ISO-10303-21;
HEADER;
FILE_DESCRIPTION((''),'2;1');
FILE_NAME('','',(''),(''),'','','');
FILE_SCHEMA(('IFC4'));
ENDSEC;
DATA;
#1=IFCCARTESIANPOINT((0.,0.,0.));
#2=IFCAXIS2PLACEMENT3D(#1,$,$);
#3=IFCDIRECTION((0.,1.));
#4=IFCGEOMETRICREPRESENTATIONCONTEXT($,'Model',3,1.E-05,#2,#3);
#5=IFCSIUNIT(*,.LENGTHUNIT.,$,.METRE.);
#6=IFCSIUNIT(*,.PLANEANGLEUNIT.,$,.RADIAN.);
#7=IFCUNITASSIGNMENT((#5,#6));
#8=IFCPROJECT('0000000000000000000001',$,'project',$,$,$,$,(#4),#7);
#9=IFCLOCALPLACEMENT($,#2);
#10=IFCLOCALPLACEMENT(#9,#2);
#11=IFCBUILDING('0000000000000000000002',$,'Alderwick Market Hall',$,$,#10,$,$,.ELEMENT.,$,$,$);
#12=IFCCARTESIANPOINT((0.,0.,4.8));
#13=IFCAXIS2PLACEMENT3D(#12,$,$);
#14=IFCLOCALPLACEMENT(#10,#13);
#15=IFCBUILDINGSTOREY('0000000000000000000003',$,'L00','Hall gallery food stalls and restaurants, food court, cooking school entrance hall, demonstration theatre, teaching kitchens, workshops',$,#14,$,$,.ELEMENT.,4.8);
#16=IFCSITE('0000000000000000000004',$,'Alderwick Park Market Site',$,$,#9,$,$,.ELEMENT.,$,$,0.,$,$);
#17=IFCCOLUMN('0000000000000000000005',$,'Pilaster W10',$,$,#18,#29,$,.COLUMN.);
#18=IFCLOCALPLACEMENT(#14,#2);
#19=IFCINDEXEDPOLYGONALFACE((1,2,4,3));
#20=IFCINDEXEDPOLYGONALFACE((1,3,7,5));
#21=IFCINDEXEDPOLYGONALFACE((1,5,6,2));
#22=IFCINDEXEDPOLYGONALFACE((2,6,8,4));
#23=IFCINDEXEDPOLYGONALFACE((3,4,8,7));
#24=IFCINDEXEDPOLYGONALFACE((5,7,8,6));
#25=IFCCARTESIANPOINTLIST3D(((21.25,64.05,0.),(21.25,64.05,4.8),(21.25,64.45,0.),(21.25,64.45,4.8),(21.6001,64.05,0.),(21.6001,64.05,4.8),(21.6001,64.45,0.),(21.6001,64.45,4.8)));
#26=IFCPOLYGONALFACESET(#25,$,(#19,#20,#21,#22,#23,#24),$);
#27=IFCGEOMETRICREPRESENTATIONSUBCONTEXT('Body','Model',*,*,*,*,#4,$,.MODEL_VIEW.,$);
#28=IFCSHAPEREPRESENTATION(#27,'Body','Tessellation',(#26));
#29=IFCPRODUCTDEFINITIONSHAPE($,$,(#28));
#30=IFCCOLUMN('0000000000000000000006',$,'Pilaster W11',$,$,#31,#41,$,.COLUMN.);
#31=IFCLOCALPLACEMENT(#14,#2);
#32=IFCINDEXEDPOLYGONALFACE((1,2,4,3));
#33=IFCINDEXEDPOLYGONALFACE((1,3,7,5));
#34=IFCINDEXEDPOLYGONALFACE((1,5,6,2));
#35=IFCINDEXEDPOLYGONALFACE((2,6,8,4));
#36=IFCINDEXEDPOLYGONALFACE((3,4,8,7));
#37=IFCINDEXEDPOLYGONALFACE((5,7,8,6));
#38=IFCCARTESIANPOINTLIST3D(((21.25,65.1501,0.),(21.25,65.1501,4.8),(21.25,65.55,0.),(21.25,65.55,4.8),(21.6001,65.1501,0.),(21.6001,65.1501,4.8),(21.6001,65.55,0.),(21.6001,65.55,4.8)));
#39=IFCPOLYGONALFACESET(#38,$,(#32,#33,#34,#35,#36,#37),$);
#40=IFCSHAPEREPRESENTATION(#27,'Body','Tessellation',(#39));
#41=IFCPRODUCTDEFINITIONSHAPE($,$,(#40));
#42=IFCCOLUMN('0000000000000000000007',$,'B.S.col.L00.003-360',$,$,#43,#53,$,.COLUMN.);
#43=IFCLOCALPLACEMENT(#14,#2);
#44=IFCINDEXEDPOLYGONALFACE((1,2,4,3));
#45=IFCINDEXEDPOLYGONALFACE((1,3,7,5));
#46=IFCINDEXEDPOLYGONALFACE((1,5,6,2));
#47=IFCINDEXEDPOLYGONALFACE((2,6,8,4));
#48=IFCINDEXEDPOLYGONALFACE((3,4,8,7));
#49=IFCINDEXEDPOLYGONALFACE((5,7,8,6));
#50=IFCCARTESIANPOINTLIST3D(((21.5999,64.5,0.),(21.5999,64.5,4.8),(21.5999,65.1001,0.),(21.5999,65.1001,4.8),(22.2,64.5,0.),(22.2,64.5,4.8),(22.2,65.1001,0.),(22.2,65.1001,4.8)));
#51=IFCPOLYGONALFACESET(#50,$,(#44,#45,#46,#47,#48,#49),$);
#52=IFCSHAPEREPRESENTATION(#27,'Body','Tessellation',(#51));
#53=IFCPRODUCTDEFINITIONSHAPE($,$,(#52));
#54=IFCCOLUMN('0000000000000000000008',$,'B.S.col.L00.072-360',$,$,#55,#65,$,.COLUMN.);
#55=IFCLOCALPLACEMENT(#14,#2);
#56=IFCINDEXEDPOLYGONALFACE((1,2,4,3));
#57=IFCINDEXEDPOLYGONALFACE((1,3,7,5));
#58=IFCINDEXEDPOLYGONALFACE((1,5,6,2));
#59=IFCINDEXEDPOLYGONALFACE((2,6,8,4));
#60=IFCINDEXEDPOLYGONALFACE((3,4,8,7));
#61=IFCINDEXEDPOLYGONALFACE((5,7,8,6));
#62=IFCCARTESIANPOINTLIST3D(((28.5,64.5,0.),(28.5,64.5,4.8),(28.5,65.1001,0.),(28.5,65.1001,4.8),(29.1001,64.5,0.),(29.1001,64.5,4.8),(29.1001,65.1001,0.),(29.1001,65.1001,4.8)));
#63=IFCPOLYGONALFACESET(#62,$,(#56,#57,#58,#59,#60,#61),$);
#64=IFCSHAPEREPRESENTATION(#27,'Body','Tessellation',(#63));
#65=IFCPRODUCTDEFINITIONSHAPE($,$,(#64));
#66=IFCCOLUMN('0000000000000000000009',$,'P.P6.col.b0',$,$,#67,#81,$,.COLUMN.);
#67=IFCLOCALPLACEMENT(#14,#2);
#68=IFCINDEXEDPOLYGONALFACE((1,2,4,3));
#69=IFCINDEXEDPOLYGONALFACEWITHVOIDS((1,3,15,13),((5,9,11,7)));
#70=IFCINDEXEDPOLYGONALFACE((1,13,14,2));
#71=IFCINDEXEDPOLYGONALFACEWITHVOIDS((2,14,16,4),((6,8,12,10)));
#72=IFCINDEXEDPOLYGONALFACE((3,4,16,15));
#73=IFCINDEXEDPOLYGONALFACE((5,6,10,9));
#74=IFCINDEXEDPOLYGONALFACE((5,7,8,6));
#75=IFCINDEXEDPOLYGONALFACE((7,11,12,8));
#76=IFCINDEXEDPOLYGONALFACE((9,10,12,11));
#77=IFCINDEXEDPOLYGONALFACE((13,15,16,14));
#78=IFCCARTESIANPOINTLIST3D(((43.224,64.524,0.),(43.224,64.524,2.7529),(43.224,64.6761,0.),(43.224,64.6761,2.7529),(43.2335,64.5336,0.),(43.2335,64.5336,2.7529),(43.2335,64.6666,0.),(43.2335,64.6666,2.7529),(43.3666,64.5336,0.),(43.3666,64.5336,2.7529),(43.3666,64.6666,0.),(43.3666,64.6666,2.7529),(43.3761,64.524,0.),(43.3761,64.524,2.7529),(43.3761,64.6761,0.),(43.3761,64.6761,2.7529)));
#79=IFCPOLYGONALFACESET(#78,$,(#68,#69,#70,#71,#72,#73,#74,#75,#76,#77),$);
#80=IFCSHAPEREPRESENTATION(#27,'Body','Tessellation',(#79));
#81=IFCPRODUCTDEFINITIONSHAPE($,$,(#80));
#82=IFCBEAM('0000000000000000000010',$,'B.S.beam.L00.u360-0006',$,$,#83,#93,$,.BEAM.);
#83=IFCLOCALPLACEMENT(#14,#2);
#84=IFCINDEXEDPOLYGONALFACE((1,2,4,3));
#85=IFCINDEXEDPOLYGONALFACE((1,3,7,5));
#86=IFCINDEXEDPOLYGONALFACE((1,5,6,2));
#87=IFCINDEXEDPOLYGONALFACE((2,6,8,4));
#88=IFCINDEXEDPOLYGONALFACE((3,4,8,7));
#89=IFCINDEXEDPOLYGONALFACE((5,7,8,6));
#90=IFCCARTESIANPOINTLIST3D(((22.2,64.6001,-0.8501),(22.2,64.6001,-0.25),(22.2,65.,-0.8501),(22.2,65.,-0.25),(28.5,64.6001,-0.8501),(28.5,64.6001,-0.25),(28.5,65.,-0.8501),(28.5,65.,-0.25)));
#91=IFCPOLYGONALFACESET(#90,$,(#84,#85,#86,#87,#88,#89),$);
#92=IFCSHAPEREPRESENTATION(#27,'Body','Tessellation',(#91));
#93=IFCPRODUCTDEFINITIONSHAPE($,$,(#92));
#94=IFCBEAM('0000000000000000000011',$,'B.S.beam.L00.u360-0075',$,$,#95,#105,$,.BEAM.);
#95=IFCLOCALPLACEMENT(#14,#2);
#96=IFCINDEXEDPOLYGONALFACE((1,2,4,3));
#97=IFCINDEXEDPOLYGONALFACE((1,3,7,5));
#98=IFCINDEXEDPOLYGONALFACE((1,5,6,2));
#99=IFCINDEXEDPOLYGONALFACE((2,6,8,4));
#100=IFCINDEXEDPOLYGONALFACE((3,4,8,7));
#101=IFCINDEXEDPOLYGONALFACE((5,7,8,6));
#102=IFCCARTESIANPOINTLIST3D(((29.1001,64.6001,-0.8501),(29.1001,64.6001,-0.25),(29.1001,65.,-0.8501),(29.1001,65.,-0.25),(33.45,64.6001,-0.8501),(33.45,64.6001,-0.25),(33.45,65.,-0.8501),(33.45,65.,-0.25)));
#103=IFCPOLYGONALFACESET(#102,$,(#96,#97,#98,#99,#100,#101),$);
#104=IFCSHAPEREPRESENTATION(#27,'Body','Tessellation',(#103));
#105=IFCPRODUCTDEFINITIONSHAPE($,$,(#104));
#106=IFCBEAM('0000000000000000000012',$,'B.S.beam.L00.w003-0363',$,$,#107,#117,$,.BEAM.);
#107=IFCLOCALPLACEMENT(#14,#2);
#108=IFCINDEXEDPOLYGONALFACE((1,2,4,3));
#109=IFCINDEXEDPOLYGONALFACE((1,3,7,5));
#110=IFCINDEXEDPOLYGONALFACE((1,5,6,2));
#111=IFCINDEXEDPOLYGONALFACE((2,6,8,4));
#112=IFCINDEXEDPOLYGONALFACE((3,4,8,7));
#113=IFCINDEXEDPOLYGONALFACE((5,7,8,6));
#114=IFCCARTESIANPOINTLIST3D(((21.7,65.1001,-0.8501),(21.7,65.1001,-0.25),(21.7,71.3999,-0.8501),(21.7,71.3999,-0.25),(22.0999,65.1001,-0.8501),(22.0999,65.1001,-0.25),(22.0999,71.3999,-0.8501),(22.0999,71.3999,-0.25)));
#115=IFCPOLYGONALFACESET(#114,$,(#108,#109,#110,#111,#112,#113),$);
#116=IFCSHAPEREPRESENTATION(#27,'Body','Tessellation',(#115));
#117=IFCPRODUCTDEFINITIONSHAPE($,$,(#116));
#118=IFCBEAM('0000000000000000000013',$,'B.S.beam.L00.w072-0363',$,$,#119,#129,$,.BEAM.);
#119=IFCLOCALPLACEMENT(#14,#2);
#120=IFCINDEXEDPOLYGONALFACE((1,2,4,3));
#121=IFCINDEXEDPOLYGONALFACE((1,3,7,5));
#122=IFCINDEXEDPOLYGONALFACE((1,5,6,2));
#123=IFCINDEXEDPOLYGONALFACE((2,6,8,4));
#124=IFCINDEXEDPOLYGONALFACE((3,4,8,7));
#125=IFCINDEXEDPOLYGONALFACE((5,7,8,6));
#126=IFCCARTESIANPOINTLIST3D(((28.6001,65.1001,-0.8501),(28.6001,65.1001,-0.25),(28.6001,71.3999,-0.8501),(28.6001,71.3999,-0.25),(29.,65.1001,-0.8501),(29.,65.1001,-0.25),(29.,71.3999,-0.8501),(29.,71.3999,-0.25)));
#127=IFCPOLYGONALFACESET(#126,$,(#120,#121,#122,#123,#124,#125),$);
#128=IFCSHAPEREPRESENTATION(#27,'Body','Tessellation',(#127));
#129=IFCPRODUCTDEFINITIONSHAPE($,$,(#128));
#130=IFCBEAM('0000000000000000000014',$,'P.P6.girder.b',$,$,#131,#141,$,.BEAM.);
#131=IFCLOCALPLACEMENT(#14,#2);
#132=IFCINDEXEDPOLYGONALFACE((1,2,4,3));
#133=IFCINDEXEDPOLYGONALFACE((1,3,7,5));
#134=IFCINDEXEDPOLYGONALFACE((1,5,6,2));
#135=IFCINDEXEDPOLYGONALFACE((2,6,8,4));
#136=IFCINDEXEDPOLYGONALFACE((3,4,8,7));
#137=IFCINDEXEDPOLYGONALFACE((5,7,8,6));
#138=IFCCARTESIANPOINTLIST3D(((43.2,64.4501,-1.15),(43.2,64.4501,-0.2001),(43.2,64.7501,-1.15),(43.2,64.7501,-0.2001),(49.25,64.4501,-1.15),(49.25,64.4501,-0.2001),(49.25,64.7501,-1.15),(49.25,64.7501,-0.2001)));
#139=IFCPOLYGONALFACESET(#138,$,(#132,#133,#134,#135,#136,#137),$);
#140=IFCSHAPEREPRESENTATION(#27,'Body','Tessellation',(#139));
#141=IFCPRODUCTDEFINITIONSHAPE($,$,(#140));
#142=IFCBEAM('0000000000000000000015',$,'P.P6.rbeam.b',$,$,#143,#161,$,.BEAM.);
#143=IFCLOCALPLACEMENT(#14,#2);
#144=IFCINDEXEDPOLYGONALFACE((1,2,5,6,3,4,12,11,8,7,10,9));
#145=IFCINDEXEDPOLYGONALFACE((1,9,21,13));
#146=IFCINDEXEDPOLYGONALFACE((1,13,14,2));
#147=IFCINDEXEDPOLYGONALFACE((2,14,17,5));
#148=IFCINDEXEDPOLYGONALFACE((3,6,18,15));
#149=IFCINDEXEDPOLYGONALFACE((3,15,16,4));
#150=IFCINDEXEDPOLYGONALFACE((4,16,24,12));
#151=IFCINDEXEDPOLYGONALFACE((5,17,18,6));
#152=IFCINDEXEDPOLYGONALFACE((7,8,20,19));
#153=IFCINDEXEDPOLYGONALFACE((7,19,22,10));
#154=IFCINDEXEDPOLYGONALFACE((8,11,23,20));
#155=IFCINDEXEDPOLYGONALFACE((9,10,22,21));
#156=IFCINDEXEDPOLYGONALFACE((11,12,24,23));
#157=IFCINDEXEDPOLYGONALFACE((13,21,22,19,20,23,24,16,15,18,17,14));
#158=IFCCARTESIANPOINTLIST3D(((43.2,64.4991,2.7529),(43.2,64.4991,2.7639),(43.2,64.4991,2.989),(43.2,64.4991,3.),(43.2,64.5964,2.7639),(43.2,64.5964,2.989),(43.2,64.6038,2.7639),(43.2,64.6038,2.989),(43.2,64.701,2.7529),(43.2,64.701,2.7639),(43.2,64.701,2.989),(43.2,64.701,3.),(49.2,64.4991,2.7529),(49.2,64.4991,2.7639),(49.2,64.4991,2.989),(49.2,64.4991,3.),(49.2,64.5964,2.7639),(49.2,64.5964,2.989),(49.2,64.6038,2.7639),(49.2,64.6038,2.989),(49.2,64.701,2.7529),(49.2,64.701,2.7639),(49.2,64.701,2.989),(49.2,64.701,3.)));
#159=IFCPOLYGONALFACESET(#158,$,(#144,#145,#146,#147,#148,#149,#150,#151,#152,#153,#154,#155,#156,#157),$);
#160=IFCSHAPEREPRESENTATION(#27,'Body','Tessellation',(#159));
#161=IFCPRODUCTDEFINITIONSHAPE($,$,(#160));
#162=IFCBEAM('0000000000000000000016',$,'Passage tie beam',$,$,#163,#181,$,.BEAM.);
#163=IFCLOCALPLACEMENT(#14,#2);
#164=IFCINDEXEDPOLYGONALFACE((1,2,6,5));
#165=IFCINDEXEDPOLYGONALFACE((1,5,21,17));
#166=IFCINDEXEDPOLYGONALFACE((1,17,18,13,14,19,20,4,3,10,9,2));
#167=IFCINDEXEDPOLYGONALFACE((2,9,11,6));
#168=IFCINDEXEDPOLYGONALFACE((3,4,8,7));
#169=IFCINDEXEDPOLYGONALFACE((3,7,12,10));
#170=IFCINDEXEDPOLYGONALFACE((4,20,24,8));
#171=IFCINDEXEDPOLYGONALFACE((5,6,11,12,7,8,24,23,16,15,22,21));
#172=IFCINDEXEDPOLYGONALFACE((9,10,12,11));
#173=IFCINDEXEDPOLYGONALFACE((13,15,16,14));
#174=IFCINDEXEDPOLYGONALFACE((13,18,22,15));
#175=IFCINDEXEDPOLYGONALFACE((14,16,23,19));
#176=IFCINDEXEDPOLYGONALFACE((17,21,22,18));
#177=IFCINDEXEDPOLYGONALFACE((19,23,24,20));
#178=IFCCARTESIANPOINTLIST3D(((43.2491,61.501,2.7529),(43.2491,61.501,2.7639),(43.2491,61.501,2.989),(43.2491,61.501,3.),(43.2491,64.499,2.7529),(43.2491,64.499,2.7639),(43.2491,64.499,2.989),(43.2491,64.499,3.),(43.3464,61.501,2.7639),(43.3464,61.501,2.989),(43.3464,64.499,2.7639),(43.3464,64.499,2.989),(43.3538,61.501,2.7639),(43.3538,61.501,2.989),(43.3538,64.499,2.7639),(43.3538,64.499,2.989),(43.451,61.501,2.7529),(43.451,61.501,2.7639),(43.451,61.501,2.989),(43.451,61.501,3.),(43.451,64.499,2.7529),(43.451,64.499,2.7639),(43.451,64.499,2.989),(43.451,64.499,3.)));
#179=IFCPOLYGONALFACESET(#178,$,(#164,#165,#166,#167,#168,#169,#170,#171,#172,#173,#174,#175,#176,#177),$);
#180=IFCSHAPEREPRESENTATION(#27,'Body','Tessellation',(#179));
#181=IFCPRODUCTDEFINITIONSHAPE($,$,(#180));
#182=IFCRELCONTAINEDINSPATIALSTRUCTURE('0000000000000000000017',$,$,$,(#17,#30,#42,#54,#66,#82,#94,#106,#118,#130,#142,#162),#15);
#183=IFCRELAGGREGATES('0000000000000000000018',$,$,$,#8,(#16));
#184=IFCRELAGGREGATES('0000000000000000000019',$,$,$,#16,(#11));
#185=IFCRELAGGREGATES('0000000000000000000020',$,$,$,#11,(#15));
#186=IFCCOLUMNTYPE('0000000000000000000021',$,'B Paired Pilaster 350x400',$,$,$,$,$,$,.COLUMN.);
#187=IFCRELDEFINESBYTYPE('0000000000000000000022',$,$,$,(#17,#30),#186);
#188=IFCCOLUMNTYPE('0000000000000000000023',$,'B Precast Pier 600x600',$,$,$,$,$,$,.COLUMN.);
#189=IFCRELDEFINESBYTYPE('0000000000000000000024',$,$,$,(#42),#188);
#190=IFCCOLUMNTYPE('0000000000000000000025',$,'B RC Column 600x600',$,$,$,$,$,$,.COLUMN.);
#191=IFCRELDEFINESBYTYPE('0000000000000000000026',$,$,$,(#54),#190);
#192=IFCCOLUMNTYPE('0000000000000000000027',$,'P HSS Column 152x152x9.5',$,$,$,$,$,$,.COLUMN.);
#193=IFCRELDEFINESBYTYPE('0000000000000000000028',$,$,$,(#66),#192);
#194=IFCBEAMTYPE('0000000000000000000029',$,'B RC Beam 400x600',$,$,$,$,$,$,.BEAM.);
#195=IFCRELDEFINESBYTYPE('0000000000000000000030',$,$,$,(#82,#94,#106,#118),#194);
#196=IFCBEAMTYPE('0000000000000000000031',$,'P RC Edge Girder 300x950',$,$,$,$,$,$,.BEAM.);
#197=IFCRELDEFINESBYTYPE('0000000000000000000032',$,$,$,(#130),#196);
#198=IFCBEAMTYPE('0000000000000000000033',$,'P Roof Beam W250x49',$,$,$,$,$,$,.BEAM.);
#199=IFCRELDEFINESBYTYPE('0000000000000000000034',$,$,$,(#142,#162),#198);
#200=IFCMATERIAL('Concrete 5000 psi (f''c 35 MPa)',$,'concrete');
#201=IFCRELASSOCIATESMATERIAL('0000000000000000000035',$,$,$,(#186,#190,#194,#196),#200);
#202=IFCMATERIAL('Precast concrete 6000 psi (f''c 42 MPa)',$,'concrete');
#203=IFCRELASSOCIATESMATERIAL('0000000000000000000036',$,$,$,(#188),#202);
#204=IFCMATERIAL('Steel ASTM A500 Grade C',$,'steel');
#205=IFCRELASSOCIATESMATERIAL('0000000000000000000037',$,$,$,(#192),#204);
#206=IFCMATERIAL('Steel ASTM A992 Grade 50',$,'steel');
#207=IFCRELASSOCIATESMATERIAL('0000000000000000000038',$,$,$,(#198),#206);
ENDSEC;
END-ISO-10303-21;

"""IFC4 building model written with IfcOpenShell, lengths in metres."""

from ifc_helpers import new_model, si_unit, direction, frame, origin, origin_2d, place, context, subcontext, project, spatial, rectangle, hollow_rectangle, i_section, extrude, material, material_profile, profile_set, type_object, element, save


model = new_model("IFC4")

# Units and contexts
model_context = context("Model", 3, precision=1e-05, world=origin(), true_north=direction((0.0, 1.0)))
body_context = subcontext(model_context, "Body", "Model", "MODEL_VIEW")
ifc_project = project(units=[si_unit("LENGTHUNIT", "METRE"), si_unit("PLANEANGLEUNIT", "RADIAN")], contexts=[model_context])

# Site, building, storey
site_placement = place(None, origin())
site = spatial("IfcSite", under=ifc_project, at=site_placement, Name="Alderwick Park Market Site", CompositionType="ELEMENT", RefElevation=0.0)
building_placement = place(site_placement, origin())
building = spatial("IfcBuilding", under=site, at=building_placement, Name="Alderwick Market Hall", CompositionType="ELEMENT")
storey_placement = place(building_placement, frame((0.0, 0.0, 4.8)))
storey = spatial("IfcBuildingStorey", under=building, at=storey_placement, Name="L00", Description="Hall gallery food stalls and restaurants, food court, cooking school entrance hall, demonstration theatre, teaching kitchens, workshops", CompositionType="ELEMENT", Elevation=4.8)

# Columns
ifc_material_1 = material(Name="Concrete 5000 psi (f'c 35 MPa)", Category="concrete")
ifc_material_profile_1 = material_profile(ifc_material_1, rectangle(XDim=0.3501, YDim=0.3999, at=origin_2d()), Name="B Paired Pilaster 350x400")
ifc_profile_set_1 = profile_set([ifc_material_profile_1], Name="Concrete 5000 psi (f'c 35 MPa)")
column_type_1 = type_object("IfcColumnType", Name="B Paired Pilaster 350x400", PredefinedType="COLUMN", material=ifc_profile_set_1)
for number, where, z_axis, x_axis, name in (
    (1, (21.425, 64.25, 0.0), (0.0, 0.0, 1.0), (1.0, 0.0, 0.0), "Pilaster W10"),
    (2, (21.425, 65.3501, 0.0), (0.0, 0.0, 1.0), (1.0, 0.0, 0.0), "Pilaster W11"),
):
    element("IfcColumn", number, at=place(storey_placement, frame(where, z_axis=z_axis, x_axis=x_axis)), inside=storey, type_object=column_type_1, Name=name, PredefinedType="COLUMN", context=body_context, shape_type="SweptSolid", body=[
        extrude(rectangle(XDim=0.3501, YDim=0.3999, at=origin_2d()), origin(), (0.0, 0.0, 1.0), 4.8),
    ])
ifc_material_2 = material(Name="Precast concrete 6000 psi (f'c 42 MPa)", Category="concrete")
ifc_material_profile_2 = material_profile(ifc_material_2, rectangle(XDim=0.6001, YDim=0.6001, at=origin_2d()), Name="B Precast Pier 600x600")
ifc_profile_set_2 = profile_set([ifc_material_profile_2], Name="Precast concrete 6000 psi (f'c 42 MPa)")
column_type_2 = type_object("IfcColumnType", Name="B Precast Pier 600x600", PredefinedType="COLUMN", material=ifc_profile_set_2)
column_1_placement = place(storey_placement, frame((21.8999, 64.8, 0.0), z_axis=(0.0, 0.0, 1.0), x_axis=(1.0, 0.0, 0.0)))
element("IfcColumn", 3, at=column_1_placement, inside=storey, type_object=column_type_2, Name="B.S.col.L00.003-360", PredefinedType="COLUMN", context=body_context, shape_type="SweptSolid", body=[
    extrude(rectangle(XDim=0.6001, YDim=0.6001, at=origin_2d()), origin(), (0.0, 0.0, 1.0), 4.8),
])
ifc_material_profile_3 = material_profile(ifc_material_1, rectangle(XDim=0.6001, YDim=0.6001, at=origin_2d()), Name="B RC Column 600x600")
ifc_profile_set_3 = profile_set([ifc_material_profile_3], Name="Concrete 5000 psi (f'c 35 MPa)")
column_type_3 = type_object("IfcColumnType", Name="B RC Column 600x600", PredefinedType="COLUMN", material=ifc_profile_set_3)
column_2_placement = place(storey_placement, frame((28.8, 64.8, 0.0), z_axis=(0.0, 0.0, 1.0), x_axis=(1.0, 0.0, 0.0)))
element("IfcColumn", 4, at=column_2_placement, inside=storey, type_object=column_type_3, Name="B.S.col.L00.072-360", PredefinedType="COLUMN", context=body_context, shape_type="SweptSolid", body=[
    extrude(rectangle(XDim=0.6001, YDim=0.6001, at=origin_2d()), origin(), (0.0, 0.0, 1.0), 4.8),
])
ifc_material_3 = material(Name="Steel ASTM A500 Grade C", Category="steel")
ifc_material_profile_4 = material_profile(ifc_material_3, hollow_rectangle(XDim=0.1521, YDim=0.1521, WallThickness=0.0095, at=origin_2d()), Name="HSS152x152x9.5")
ifc_profile_set_4 = profile_set([ifc_material_profile_4], Name="Steel ASTM A500 Grade C")
column_type_4 = type_object("IfcColumnType", Name="P HSS Column 152x152x9.5", PredefinedType="COLUMN", material=ifc_profile_set_4)
column_3_placement = place(storey_placement, frame((43.3, 64.6001, 0.0), z_axis=(0.0, 0.0, 1.0), x_axis=(1.0, 0.0, 0.0)))
element("IfcColumn", 5, at=column_3_placement, inside=storey, type_object=column_type_4, Name="P.P6.col.b0", PredefinedType="COLUMN", context=body_context, shape_type="SweptSolid", body=[
    extrude(hollow_rectangle(XDim=0.1521, YDim=0.1521, WallThickness=0.0095, at=origin_2d()), origin(), (0.0, 0.0, 1.0), 2.7529),
])

# Beams
ifc_material_profile_5 = material_profile(ifc_material_1, rectangle(XDim=0.3999, YDim=0.6001, at=origin_2d()), Name="B RC Beam 400x600")
ifc_profile_set_5 = profile_set([ifc_material_profile_5], Name="Concrete 5000 psi (f'c 35 MPa)")
beam_type_1 = type_object("IfcBeamType", Name="B RC Beam 400x600", PredefinedType="BEAM", material=ifc_profile_set_5)
beam_1_placement = place(storey_placement, frame((22.2, 64.8, -0.55), z_axis=(1.0, 0.0, 0.0), x_axis=(0.0, 1.0, 0.0)))
element("IfcBeam", 6, at=beam_1_placement, inside=storey, type_object=beam_type_1, Name="B.S.beam.L00.u360-0006", PredefinedType="BEAM", context=body_context, shape_type="SweptSolid", body=[
    extrude(rectangle(XDim=0.3999, YDim=0.6001, at=origin_2d()), origin(), (0.0, 0.0, 1.0), 6.3),
])
beam_2_placement = place(storey_placement, frame((29.1001, 64.8, -0.55), z_axis=(1.0, 0.0, 0.0), x_axis=(0.0, 1.0, 0.0)))
element("IfcBeam", 7, at=beam_2_placement, inside=storey, type_object=beam_type_1, Name="B.S.beam.L00.u360-0075", PredefinedType="BEAM", context=body_context, shape_type="SweptSolid", body=[
    extrude(rectangle(XDim=0.3999, YDim=0.6001, at=origin_2d()), origin(), (0.0, 0.0, 1.0), 4.3499),
])
for number, where, z_axis, x_axis, name in (
    (8, (21.8999, 65.1001, -0.55), (0.0, 1.0, 0.0), (-1.0, 0.0, 0.0), "B.S.beam.L00.w003-0363"),
    (9, (28.8, 65.1001, -0.55), (0.0, 1.0, 0.0), (-1.0, 0.0, 0.0), "B.S.beam.L00.w072-0363"),
):
    element("IfcBeam", number, at=place(storey_placement, frame(where, z_axis=z_axis, x_axis=x_axis)), inside=storey, type_object=beam_type_1, Name=name, PredefinedType="BEAM", context=body_context, shape_type="SweptSolid", body=[
        extrude(rectangle(XDim=0.3999, YDim=0.6001, at=origin_2d()), origin(), (0.0, 0.0, 1.0), 6.2998),
    ])
ifc_material_profile_6 = material_profile(ifc_material_1, rectangle(XDim=0.3, YDim=0.95, at=origin_2d()), Name="P RC Edge Girder 300x950")
ifc_profile_set_6 = profile_set([ifc_material_profile_6], Name="Concrete 5000 psi (f'c 35 MPa)")
beam_type_2 = type_object("IfcBeamType", Name="P RC Edge Girder 300x950", PredefinedType="BEAM", material=ifc_profile_set_6)
beam_3_placement = place(storey_placement, frame((43.2, 64.6001, -0.675), z_axis=(1.0, 0.0, 0.0), x_axis=(0.0, 1.0, 0.0)))
element("IfcBeam", 10, at=beam_3_placement, inside=storey, type_object=beam_type_2, Name="P.P6.girder.b", PredefinedType="BEAM", context=body_context, shape_type="SweptSolid", body=[
    extrude(rectangle(XDim=0.3, YDim=0.95, at=origin_2d()), origin(), (0.0, 0.0, 1.0), 6.05),
])
ifc_material_4 = material(Name="Steel ASTM A992 Grade 50", Category="steel")
ifc_material_profile_7 = material_profile(ifc_material_4, i_section(OverallWidth=0.2019, OverallDepth=0.2471, WebThickness=0.0073, FlangeThickness=0.011, at=origin_2d()), Name="W250x49")
ifc_profile_set_7 = profile_set([ifc_material_profile_7], Name="Steel ASTM A992 Grade 50")
beam_type_3 = type_object("IfcBeamType", Name="P Roof Beam W250x49", PredefinedType="BEAM", material=ifc_profile_set_7)
beam_4_placement = place(storey_placement, frame((43.2, 64.6001, 2.8765), z_axis=(1.0, 0.0, 0.0), x_axis=(0.0, 1.0, 0.0)))
element("IfcBeam", 11, at=beam_4_placement, inside=storey, type_object=beam_type_3, Name="P.P6.rbeam.b", PredefinedType="BEAM", context=body_context, shape_type="SweptSolid", body=[
    extrude(i_section(OverallWidth=0.2019, OverallDepth=0.2471, WebThickness=0.0073, FlangeThickness=0.011, at=origin_2d()), origin(), (0.0, 0.0, 1.0), 6.0),
])
beam_5_placement = place(storey_placement, frame((43.3501, 61.501, 2.8765), z_axis=(0.0, 1.0, 0.0), x_axis=(-1.0, 0.0, 0.0)))
element("IfcBeam", 12, at=beam_5_placement, inside=storey, type_object=beam_type_3, Name="Passage tie beam", PredefinedType="BEAM", context=body_context, shape_type="SweptSolid", body=[
    extrude(i_section(OverallWidth=0.2019, OverallDepth=0.2471, WebThickness=0.0073, FlangeThickness=0.011, at=origin_2d()), origin(), (0.0, 0.0, 1.0), 2.998),
])

save(model, "model.ifc")
